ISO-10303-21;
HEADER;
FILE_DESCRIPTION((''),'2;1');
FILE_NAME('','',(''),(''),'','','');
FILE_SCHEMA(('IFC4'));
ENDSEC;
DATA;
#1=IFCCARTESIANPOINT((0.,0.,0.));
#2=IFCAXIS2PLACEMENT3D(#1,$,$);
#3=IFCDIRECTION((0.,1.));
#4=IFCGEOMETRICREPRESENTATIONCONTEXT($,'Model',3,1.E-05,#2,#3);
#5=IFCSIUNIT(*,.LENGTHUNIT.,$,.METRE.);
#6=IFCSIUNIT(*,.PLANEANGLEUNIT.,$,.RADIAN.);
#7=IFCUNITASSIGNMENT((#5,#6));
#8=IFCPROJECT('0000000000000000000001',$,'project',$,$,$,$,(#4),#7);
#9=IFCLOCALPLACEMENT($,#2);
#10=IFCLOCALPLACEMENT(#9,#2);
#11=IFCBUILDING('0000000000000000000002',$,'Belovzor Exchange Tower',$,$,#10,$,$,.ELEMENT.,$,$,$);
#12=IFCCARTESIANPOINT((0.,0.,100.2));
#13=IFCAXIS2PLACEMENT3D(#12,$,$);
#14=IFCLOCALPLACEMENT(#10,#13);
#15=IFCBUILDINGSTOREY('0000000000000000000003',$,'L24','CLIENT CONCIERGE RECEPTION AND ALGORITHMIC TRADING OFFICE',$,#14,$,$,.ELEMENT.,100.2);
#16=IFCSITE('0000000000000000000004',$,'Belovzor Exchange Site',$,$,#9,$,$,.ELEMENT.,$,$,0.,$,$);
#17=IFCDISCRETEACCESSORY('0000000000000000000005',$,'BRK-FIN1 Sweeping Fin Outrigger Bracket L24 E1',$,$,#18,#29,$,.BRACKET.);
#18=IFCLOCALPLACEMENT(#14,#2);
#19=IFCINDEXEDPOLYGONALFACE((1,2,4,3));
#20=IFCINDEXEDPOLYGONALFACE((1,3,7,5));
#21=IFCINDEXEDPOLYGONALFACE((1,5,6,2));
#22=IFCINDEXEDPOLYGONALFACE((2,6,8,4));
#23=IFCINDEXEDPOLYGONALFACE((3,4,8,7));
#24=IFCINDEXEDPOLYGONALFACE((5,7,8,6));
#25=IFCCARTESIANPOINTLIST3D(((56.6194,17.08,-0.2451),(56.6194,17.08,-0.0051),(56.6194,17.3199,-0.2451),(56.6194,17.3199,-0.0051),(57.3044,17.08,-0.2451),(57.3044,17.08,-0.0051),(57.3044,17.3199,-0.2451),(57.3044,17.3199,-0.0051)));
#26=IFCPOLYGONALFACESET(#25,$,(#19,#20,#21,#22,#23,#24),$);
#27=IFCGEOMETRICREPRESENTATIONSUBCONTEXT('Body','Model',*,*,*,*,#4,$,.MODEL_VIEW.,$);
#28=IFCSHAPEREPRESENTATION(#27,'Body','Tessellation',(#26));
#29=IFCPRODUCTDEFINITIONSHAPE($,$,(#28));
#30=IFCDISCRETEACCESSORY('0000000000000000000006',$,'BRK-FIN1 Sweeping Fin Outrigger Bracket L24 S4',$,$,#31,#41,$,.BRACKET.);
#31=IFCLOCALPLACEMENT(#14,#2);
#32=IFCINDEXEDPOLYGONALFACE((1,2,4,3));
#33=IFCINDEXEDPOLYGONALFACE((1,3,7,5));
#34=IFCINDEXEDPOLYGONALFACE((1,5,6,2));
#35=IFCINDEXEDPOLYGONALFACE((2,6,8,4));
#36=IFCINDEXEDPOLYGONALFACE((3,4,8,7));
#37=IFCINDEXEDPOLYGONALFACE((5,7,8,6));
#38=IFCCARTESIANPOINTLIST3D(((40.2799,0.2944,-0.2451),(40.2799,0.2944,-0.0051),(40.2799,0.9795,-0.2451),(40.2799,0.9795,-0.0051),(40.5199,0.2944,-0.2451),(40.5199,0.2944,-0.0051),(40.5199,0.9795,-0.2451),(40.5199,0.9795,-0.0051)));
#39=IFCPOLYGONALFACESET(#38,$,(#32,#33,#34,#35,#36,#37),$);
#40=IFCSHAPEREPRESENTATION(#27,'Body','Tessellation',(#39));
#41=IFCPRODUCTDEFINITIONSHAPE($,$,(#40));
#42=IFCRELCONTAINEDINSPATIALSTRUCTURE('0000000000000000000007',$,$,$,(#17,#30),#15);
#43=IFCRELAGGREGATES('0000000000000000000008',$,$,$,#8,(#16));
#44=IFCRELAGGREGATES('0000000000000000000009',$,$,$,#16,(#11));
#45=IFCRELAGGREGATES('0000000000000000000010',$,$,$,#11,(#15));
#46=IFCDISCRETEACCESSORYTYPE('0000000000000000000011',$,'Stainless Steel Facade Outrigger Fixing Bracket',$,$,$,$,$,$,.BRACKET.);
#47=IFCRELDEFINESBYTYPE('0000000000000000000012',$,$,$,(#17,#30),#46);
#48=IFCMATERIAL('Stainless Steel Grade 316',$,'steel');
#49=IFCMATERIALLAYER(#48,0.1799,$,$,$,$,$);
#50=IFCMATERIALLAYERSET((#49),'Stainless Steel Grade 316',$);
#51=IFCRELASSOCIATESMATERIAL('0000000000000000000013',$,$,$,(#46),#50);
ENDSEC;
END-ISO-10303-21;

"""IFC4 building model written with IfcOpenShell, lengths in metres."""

from ifc_helpers import new_model, si_unit, direction, frame, origin, origin_2d, place, context, subcontext, project, spatial, rectangle, extrude, material, layer, layer_set, type_object, element, save


model = new_model("IFC4")

# Units and contexts
model_context = context("Model", 3, precision=1e-05, world=origin(), true_north=direction((0.0, 1.0)))
body_context = subcontext(model_context, "Body", "Model", "MODEL_VIEW")
ifc_project = project(units=[si_unit("LENGTHUNIT", "METRE"), si_unit("PLANEANGLEUNIT", "RADIAN")], contexts=[model_context])

# Site, building, storey
site_placement = place(None, origin())
site = spatial("IfcSite", under=ifc_project, at=site_placement, Name="Belovzor Exchange Site", CompositionType="ELEMENT", RefElevation=0.0)
building_placement = place(site_placement, origin())
building = spatial("IfcBuilding", under=site, at=building_placement, Name="Belovzor Exchange Tower", CompositionType="ELEMENT")
storey_placement = place(building_placement, frame((0.0, 0.0, 100.2)))
storey = spatial("IfcBuildingStorey", under=building, at=storey_placement, Name="L24", Description="CLIENT CONCIERGE RECEPTION AND ALGORITHMIC TRADING OFFICE", CompositionType="ELEMENT", Elevation=100.2)

# Discrete accessories
ifc_material_1 = material(Name="Stainless Steel Grade 316", Category="steel")
ifc_layer_1 = layer(ifc_material_1, 0.1799)
ifc_layer_set_1 = layer_set([ifc_layer_1], Name="Stainless Steel Grade 316")
discrete_accessory_type = type_object("IfcDiscreteAccessoryType", Name="Stainless Steel Facade Outrigger Fixing Bracket", PredefinedType="BRACKET", material=ifc_layer_set_1)
for number, where, z_axis, x_axis, name in (
    (1, (56.9619, 17.2, -0.2451), (0.0, 0.0, 1.0), (1.0, 0.0, 0.0), "BRK-FIN1 Sweeping Fin Outrigger Bracket L24 E1"),
    (2, (40.3999, 0.637, -0.2451), (0.0, 0.0, 1.0), (0.0, 1.0, 0.0), "BRK-FIN1 Sweeping Fin Outrigger Bracket L24 S4"),
):
    element("IfcDiscreteAccessory", number, at=place(storey_placement, frame(where, z_axis=z_axis, x_axis=x_axis)), inside=storey, type_object=discrete_accessory_type, Name=name, PredefinedType="BRACKET", context=body_context, shape_type="SweptSolid", body=[
        extrude(rectangle(XDim=0.6851, YDim=0.24, at=origin_2d()), origin(), (0.0, 0.0, 1.0), 0.24),
    ])

save(model, "model.ifc")
